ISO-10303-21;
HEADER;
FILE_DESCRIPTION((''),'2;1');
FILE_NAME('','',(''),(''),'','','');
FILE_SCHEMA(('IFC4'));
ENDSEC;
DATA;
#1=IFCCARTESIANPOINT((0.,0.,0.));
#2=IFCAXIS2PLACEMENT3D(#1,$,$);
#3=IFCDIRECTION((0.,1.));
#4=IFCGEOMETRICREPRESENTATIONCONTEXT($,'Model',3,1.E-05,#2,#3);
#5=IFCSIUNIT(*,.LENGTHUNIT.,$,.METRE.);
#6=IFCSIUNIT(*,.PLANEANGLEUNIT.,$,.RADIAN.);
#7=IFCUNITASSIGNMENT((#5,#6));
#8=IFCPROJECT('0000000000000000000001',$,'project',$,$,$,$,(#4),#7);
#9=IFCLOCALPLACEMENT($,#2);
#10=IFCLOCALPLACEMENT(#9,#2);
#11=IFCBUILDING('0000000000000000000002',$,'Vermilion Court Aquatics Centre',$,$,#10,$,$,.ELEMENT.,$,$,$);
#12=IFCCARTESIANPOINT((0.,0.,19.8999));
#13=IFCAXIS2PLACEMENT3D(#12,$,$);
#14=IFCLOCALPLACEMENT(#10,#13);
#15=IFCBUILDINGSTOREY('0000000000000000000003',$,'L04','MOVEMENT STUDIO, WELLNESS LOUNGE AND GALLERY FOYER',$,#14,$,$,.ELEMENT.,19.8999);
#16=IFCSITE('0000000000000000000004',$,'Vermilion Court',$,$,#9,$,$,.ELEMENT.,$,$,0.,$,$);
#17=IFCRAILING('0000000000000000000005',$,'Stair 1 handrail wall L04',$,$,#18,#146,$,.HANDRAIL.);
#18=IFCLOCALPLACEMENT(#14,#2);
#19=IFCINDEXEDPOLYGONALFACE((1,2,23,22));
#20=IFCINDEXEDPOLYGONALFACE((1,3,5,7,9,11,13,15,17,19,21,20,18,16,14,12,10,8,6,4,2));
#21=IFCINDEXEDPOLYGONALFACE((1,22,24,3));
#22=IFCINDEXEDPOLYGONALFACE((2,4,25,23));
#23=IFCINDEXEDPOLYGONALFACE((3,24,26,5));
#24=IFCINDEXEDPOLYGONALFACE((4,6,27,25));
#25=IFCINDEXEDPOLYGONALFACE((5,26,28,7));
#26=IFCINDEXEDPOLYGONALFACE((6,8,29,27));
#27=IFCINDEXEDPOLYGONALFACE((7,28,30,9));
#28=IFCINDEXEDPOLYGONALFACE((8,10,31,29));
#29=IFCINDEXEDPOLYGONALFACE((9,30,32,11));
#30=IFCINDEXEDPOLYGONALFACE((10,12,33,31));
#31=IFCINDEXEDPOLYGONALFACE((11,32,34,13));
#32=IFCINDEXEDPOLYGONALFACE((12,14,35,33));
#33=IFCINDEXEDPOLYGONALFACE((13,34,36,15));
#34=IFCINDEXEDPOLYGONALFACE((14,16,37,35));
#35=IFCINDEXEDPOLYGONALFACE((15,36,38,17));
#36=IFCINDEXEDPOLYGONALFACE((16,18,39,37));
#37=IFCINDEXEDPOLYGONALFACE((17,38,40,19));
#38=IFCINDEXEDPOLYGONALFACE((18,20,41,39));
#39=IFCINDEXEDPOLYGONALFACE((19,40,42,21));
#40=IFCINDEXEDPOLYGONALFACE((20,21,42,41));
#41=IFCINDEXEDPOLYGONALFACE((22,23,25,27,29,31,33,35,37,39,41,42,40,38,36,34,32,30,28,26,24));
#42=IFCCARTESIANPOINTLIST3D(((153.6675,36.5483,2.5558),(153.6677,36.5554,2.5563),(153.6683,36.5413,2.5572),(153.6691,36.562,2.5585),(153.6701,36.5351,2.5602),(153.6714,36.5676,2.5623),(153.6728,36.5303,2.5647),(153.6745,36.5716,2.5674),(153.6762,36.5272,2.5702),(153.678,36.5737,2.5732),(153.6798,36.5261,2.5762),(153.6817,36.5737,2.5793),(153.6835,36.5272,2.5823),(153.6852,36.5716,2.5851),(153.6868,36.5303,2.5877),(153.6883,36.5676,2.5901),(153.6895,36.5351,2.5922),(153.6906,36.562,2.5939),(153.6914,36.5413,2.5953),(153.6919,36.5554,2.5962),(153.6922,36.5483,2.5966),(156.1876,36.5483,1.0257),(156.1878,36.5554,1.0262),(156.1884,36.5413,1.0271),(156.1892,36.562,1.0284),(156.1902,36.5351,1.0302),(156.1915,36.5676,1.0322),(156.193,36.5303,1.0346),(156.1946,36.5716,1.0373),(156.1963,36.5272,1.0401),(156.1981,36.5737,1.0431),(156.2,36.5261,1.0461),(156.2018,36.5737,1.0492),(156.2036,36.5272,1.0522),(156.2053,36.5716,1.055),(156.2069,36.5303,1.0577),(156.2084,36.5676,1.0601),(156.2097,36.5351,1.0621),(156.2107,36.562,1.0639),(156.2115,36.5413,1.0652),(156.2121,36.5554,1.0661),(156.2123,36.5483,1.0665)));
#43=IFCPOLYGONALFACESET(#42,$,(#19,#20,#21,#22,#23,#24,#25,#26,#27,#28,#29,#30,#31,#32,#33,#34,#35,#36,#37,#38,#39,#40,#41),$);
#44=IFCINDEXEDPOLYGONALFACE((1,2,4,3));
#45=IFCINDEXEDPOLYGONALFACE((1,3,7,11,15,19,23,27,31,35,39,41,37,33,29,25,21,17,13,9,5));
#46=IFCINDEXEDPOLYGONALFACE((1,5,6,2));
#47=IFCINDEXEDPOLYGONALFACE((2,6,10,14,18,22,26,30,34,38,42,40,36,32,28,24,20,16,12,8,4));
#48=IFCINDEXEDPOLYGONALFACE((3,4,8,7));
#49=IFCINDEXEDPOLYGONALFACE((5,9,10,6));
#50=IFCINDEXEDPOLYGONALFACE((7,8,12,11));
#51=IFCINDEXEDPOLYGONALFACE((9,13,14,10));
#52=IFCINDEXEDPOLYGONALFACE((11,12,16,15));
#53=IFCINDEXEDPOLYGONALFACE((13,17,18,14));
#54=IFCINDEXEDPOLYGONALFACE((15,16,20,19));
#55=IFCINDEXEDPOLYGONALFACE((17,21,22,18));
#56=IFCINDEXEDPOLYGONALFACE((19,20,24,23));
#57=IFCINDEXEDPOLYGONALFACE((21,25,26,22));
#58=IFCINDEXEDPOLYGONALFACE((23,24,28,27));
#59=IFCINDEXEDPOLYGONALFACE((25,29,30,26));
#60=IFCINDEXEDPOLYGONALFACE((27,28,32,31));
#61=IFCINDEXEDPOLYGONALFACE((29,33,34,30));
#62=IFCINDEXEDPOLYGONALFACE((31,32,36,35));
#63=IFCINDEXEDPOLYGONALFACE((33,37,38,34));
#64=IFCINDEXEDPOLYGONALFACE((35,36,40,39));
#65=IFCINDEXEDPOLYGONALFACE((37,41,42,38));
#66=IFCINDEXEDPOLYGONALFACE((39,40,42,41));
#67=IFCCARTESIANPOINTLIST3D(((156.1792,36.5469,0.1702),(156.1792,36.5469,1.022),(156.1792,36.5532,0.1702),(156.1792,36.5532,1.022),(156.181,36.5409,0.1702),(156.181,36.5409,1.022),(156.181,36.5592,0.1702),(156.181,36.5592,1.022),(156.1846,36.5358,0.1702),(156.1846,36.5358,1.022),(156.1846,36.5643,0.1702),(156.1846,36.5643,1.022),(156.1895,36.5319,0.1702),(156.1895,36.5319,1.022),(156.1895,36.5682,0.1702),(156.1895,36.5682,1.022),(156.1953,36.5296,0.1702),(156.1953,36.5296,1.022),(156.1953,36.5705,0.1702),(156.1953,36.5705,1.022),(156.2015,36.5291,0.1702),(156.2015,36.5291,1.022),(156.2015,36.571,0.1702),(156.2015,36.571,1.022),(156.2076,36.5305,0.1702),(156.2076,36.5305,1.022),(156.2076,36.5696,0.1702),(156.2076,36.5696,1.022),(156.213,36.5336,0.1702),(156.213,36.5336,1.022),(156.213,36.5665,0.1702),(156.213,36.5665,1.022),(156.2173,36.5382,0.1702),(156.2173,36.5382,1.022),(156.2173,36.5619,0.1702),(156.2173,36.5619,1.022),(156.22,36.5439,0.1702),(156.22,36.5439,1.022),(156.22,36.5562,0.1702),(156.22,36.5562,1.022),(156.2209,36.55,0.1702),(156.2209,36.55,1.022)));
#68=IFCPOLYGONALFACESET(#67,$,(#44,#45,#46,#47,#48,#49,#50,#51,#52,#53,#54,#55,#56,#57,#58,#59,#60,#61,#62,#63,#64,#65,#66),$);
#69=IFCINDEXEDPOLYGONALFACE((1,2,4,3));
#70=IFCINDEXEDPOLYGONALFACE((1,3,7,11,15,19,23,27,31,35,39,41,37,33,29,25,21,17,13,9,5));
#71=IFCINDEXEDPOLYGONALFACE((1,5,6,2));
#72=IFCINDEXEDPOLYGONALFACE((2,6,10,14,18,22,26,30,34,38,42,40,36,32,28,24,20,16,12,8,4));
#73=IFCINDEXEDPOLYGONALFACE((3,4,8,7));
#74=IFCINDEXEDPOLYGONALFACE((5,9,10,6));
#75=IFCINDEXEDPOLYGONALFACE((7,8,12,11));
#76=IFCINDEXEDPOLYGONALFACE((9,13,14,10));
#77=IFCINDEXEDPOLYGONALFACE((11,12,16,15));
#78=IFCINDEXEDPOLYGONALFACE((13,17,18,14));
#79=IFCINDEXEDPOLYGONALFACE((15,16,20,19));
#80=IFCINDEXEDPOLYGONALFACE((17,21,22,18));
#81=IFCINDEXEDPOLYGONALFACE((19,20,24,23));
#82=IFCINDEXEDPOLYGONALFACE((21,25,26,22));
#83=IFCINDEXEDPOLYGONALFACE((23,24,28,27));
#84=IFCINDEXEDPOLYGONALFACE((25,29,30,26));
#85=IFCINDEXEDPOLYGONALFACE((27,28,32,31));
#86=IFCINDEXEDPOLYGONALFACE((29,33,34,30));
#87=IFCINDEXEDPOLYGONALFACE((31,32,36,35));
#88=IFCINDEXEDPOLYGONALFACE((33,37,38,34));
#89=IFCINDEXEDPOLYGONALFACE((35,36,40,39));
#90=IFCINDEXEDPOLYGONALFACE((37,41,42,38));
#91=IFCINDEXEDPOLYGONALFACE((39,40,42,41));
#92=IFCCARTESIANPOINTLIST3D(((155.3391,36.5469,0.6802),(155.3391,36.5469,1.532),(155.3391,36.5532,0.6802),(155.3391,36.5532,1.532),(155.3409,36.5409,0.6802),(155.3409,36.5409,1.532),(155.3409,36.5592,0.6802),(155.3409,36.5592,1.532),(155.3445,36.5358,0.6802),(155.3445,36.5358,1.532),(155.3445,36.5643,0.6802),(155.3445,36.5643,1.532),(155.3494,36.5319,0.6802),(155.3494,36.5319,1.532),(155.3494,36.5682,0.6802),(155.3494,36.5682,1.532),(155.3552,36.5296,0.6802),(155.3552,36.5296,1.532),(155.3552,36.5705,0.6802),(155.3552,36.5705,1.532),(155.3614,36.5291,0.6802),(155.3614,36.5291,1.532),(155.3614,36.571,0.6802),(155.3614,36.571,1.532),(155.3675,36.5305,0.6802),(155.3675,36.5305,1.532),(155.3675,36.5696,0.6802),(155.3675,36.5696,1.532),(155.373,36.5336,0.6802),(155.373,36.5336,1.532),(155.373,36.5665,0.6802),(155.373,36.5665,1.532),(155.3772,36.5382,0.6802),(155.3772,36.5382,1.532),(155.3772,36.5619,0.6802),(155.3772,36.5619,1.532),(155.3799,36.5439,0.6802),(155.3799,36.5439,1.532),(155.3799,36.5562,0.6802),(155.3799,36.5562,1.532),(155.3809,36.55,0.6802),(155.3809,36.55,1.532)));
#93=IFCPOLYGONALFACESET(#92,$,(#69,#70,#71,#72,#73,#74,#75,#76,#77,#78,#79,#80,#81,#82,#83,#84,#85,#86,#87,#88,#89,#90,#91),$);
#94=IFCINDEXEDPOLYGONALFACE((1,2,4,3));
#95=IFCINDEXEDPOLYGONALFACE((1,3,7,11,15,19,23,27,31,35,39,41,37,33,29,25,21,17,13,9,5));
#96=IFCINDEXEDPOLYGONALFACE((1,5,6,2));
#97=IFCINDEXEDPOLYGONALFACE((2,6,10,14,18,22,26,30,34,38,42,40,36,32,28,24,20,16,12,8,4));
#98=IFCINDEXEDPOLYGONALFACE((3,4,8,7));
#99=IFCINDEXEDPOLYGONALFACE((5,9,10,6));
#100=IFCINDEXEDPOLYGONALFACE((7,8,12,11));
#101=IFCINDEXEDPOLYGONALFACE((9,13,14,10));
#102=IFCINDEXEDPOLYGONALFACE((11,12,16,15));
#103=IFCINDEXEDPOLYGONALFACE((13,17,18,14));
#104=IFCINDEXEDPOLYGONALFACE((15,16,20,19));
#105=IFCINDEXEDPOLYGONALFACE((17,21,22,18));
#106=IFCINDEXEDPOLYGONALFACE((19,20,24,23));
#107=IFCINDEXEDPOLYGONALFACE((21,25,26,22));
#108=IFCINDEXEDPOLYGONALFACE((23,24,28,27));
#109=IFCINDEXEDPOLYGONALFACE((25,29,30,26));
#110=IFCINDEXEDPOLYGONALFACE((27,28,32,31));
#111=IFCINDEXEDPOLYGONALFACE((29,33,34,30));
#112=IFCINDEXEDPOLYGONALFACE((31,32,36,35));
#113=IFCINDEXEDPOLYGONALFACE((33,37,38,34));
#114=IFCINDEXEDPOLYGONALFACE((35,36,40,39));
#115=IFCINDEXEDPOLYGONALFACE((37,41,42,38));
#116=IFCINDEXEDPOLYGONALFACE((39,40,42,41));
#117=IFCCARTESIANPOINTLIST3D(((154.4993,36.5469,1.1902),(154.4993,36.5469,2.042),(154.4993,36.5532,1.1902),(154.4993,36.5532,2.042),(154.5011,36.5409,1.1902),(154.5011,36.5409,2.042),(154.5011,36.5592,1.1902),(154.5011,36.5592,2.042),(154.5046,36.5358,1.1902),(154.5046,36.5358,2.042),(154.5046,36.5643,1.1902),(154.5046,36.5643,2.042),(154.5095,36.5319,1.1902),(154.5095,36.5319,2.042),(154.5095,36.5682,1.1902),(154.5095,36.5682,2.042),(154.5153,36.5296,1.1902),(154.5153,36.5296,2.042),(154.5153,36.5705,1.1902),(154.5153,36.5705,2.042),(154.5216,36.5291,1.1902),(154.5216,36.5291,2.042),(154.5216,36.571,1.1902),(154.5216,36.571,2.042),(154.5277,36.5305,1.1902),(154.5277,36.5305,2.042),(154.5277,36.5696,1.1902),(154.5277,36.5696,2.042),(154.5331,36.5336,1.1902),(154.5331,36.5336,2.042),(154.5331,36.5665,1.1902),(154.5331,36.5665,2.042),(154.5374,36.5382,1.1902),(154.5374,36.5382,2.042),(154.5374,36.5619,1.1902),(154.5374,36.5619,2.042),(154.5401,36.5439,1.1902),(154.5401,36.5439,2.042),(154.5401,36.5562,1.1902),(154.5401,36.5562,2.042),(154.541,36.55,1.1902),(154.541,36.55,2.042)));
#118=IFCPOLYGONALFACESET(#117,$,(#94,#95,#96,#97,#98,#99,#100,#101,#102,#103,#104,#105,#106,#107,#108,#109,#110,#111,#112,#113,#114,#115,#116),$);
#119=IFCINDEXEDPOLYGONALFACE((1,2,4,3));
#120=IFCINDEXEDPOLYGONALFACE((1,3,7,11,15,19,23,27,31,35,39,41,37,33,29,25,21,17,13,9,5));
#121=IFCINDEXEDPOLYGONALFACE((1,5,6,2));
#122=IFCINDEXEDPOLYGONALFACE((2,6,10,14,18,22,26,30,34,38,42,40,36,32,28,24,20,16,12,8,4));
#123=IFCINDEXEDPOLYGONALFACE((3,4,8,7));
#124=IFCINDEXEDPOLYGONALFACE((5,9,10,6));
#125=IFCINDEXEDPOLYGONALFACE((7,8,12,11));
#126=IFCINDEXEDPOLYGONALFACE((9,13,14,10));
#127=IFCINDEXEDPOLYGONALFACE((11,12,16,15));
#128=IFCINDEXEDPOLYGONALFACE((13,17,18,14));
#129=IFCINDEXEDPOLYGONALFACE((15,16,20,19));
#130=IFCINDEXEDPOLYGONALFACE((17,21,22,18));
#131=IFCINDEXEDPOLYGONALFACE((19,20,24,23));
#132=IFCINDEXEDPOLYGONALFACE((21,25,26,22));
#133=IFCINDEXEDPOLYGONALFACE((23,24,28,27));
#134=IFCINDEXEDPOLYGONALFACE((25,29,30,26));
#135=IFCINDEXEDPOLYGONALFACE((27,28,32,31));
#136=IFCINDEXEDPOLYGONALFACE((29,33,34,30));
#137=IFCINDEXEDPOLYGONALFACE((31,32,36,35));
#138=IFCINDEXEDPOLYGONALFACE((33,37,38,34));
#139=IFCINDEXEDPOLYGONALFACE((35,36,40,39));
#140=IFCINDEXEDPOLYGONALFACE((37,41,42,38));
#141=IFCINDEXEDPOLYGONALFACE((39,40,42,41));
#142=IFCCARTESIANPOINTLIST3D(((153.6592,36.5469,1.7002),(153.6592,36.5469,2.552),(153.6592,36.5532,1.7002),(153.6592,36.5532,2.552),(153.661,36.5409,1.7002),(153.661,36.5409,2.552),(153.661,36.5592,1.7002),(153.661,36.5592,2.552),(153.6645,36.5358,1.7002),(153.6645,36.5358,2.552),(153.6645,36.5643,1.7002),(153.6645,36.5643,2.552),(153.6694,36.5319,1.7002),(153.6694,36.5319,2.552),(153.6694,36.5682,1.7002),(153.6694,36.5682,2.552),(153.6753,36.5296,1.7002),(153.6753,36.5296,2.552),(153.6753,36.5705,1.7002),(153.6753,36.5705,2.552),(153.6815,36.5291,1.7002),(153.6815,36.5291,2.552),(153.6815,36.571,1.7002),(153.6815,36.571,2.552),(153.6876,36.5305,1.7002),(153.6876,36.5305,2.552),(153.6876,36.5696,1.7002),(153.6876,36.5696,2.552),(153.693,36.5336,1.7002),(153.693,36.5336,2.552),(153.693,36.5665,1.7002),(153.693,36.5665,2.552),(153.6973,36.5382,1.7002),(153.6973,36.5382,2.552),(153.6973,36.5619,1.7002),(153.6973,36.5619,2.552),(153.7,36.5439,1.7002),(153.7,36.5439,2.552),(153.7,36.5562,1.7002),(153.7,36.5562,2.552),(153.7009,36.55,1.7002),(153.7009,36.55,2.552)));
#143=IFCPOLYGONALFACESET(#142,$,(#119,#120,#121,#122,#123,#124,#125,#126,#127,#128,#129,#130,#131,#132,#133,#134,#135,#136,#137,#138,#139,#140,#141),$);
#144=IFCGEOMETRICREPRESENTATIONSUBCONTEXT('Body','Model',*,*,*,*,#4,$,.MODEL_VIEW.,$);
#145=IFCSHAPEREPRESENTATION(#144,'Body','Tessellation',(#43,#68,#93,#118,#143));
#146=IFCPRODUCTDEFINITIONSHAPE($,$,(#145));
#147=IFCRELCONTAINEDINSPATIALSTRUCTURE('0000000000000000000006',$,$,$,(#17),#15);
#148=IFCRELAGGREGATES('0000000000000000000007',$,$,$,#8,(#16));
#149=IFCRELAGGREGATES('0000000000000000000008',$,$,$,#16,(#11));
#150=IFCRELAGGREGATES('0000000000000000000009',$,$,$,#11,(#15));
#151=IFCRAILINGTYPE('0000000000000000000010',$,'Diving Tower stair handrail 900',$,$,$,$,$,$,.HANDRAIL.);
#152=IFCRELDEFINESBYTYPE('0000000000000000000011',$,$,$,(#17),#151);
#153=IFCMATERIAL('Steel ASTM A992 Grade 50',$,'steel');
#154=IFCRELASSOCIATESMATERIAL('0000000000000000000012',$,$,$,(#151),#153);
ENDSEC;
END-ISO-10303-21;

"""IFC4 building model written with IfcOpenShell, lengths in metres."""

from ifc_helpers import new_model, si_unit, direction, frame, origin, origin_2d, place, context, subcontext, project, spatial, circle, extrude, material, type_object, element, save


model = new_model("IFC4")

# Units and contexts
model_context = context("Model", 3, precision=1e-05, world=origin(), true_north=direction((0.0, 1.0)))
body_context = subcontext(model_context, "Body", "Model", "MODEL_VIEW")
ifc_project = project(units=[si_unit("LENGTHUNIT", "METRE"), si_unit("PLANEANGLEUNIT", "RADIAN")], contexts=[model_context])

# Site, building, storey
site_placement = place(None, origin())
site = spatial("IfcSite", under=ifc_project, at=site_placement, Name="Vermilion Court", CompositionType="ELEMENT", RefElevation=0.0)
building_placement = place(site_placement, origin())
building = spatial("IfcBuilding", under=site, at=building_placement, Name="Vermilion Court Aquatics Centre", CompositionType="ELEMENT")
storey_placement = place(building_placement, frame((0.0, 0.0, 19.8999)))
storey = spatial("IfcBuildingStorey", under=building, at=storey_placement, Name="L04", Description="MOVEMENT STUDIO, WELLNESS LOUNGE AND GALLERY FOYER", CompositionType="ELEMENT", Elevation=19.8999)

# Railing
ifc_material_1 = material(Name="Steel ASTM A992 Grade 50", Category="steel")
railing_type_1 = type_object("IfcRailingType", Name="Diving Tower stair handrail 900", PredefinedType="HANDRAIL", material=ifc_material_1)
for number, where, name in (
    (1, (156.2, 36.55, 0.1702), "Stair 1 handrail wall L04"),
):
    element("IfcRailing", number, at=place(storey_placement, frame(where)), inside=storey, type_object=railing_type_1, Name=name, PredefinedType="HANDRAIL", context=body_context, shape_type="SweptSolid", body=[
        extrude(circle(Radius=0.0239, at=origin_2d()), frame((0.0, 0.0, 0.876), z_axis=(-0.854785, 0.0, 0.518982), x_axis=(0.0, -1.0, 0.0)), (0.0, 0.0, 1.0), 2.9482),
        extrude(circle(Radius=0.021, at=origin_2d()), origin(), (0.0, 0.0, 1.0), 0.8518),
        extrude(circle(Radius=0.021, at=origin_2d()), frame((-0.8401, 0.0, 0.51)), (0.0, 0.0, 1.0), 0.8518),
        extrude(circle(Radius=0.021, at=origin_2d()), frame((-1.6799, 0.0, 1.02)), (0.0, 0.0, 1.0), 0.8518),
        extrude(circle(Radius=0.021, at=origin_2d()), frame((-2.52, 0.0, 1.53)), (0.0, 0.0, 1.0), 0.8518),
    ])

save(model, "model.ifc")
